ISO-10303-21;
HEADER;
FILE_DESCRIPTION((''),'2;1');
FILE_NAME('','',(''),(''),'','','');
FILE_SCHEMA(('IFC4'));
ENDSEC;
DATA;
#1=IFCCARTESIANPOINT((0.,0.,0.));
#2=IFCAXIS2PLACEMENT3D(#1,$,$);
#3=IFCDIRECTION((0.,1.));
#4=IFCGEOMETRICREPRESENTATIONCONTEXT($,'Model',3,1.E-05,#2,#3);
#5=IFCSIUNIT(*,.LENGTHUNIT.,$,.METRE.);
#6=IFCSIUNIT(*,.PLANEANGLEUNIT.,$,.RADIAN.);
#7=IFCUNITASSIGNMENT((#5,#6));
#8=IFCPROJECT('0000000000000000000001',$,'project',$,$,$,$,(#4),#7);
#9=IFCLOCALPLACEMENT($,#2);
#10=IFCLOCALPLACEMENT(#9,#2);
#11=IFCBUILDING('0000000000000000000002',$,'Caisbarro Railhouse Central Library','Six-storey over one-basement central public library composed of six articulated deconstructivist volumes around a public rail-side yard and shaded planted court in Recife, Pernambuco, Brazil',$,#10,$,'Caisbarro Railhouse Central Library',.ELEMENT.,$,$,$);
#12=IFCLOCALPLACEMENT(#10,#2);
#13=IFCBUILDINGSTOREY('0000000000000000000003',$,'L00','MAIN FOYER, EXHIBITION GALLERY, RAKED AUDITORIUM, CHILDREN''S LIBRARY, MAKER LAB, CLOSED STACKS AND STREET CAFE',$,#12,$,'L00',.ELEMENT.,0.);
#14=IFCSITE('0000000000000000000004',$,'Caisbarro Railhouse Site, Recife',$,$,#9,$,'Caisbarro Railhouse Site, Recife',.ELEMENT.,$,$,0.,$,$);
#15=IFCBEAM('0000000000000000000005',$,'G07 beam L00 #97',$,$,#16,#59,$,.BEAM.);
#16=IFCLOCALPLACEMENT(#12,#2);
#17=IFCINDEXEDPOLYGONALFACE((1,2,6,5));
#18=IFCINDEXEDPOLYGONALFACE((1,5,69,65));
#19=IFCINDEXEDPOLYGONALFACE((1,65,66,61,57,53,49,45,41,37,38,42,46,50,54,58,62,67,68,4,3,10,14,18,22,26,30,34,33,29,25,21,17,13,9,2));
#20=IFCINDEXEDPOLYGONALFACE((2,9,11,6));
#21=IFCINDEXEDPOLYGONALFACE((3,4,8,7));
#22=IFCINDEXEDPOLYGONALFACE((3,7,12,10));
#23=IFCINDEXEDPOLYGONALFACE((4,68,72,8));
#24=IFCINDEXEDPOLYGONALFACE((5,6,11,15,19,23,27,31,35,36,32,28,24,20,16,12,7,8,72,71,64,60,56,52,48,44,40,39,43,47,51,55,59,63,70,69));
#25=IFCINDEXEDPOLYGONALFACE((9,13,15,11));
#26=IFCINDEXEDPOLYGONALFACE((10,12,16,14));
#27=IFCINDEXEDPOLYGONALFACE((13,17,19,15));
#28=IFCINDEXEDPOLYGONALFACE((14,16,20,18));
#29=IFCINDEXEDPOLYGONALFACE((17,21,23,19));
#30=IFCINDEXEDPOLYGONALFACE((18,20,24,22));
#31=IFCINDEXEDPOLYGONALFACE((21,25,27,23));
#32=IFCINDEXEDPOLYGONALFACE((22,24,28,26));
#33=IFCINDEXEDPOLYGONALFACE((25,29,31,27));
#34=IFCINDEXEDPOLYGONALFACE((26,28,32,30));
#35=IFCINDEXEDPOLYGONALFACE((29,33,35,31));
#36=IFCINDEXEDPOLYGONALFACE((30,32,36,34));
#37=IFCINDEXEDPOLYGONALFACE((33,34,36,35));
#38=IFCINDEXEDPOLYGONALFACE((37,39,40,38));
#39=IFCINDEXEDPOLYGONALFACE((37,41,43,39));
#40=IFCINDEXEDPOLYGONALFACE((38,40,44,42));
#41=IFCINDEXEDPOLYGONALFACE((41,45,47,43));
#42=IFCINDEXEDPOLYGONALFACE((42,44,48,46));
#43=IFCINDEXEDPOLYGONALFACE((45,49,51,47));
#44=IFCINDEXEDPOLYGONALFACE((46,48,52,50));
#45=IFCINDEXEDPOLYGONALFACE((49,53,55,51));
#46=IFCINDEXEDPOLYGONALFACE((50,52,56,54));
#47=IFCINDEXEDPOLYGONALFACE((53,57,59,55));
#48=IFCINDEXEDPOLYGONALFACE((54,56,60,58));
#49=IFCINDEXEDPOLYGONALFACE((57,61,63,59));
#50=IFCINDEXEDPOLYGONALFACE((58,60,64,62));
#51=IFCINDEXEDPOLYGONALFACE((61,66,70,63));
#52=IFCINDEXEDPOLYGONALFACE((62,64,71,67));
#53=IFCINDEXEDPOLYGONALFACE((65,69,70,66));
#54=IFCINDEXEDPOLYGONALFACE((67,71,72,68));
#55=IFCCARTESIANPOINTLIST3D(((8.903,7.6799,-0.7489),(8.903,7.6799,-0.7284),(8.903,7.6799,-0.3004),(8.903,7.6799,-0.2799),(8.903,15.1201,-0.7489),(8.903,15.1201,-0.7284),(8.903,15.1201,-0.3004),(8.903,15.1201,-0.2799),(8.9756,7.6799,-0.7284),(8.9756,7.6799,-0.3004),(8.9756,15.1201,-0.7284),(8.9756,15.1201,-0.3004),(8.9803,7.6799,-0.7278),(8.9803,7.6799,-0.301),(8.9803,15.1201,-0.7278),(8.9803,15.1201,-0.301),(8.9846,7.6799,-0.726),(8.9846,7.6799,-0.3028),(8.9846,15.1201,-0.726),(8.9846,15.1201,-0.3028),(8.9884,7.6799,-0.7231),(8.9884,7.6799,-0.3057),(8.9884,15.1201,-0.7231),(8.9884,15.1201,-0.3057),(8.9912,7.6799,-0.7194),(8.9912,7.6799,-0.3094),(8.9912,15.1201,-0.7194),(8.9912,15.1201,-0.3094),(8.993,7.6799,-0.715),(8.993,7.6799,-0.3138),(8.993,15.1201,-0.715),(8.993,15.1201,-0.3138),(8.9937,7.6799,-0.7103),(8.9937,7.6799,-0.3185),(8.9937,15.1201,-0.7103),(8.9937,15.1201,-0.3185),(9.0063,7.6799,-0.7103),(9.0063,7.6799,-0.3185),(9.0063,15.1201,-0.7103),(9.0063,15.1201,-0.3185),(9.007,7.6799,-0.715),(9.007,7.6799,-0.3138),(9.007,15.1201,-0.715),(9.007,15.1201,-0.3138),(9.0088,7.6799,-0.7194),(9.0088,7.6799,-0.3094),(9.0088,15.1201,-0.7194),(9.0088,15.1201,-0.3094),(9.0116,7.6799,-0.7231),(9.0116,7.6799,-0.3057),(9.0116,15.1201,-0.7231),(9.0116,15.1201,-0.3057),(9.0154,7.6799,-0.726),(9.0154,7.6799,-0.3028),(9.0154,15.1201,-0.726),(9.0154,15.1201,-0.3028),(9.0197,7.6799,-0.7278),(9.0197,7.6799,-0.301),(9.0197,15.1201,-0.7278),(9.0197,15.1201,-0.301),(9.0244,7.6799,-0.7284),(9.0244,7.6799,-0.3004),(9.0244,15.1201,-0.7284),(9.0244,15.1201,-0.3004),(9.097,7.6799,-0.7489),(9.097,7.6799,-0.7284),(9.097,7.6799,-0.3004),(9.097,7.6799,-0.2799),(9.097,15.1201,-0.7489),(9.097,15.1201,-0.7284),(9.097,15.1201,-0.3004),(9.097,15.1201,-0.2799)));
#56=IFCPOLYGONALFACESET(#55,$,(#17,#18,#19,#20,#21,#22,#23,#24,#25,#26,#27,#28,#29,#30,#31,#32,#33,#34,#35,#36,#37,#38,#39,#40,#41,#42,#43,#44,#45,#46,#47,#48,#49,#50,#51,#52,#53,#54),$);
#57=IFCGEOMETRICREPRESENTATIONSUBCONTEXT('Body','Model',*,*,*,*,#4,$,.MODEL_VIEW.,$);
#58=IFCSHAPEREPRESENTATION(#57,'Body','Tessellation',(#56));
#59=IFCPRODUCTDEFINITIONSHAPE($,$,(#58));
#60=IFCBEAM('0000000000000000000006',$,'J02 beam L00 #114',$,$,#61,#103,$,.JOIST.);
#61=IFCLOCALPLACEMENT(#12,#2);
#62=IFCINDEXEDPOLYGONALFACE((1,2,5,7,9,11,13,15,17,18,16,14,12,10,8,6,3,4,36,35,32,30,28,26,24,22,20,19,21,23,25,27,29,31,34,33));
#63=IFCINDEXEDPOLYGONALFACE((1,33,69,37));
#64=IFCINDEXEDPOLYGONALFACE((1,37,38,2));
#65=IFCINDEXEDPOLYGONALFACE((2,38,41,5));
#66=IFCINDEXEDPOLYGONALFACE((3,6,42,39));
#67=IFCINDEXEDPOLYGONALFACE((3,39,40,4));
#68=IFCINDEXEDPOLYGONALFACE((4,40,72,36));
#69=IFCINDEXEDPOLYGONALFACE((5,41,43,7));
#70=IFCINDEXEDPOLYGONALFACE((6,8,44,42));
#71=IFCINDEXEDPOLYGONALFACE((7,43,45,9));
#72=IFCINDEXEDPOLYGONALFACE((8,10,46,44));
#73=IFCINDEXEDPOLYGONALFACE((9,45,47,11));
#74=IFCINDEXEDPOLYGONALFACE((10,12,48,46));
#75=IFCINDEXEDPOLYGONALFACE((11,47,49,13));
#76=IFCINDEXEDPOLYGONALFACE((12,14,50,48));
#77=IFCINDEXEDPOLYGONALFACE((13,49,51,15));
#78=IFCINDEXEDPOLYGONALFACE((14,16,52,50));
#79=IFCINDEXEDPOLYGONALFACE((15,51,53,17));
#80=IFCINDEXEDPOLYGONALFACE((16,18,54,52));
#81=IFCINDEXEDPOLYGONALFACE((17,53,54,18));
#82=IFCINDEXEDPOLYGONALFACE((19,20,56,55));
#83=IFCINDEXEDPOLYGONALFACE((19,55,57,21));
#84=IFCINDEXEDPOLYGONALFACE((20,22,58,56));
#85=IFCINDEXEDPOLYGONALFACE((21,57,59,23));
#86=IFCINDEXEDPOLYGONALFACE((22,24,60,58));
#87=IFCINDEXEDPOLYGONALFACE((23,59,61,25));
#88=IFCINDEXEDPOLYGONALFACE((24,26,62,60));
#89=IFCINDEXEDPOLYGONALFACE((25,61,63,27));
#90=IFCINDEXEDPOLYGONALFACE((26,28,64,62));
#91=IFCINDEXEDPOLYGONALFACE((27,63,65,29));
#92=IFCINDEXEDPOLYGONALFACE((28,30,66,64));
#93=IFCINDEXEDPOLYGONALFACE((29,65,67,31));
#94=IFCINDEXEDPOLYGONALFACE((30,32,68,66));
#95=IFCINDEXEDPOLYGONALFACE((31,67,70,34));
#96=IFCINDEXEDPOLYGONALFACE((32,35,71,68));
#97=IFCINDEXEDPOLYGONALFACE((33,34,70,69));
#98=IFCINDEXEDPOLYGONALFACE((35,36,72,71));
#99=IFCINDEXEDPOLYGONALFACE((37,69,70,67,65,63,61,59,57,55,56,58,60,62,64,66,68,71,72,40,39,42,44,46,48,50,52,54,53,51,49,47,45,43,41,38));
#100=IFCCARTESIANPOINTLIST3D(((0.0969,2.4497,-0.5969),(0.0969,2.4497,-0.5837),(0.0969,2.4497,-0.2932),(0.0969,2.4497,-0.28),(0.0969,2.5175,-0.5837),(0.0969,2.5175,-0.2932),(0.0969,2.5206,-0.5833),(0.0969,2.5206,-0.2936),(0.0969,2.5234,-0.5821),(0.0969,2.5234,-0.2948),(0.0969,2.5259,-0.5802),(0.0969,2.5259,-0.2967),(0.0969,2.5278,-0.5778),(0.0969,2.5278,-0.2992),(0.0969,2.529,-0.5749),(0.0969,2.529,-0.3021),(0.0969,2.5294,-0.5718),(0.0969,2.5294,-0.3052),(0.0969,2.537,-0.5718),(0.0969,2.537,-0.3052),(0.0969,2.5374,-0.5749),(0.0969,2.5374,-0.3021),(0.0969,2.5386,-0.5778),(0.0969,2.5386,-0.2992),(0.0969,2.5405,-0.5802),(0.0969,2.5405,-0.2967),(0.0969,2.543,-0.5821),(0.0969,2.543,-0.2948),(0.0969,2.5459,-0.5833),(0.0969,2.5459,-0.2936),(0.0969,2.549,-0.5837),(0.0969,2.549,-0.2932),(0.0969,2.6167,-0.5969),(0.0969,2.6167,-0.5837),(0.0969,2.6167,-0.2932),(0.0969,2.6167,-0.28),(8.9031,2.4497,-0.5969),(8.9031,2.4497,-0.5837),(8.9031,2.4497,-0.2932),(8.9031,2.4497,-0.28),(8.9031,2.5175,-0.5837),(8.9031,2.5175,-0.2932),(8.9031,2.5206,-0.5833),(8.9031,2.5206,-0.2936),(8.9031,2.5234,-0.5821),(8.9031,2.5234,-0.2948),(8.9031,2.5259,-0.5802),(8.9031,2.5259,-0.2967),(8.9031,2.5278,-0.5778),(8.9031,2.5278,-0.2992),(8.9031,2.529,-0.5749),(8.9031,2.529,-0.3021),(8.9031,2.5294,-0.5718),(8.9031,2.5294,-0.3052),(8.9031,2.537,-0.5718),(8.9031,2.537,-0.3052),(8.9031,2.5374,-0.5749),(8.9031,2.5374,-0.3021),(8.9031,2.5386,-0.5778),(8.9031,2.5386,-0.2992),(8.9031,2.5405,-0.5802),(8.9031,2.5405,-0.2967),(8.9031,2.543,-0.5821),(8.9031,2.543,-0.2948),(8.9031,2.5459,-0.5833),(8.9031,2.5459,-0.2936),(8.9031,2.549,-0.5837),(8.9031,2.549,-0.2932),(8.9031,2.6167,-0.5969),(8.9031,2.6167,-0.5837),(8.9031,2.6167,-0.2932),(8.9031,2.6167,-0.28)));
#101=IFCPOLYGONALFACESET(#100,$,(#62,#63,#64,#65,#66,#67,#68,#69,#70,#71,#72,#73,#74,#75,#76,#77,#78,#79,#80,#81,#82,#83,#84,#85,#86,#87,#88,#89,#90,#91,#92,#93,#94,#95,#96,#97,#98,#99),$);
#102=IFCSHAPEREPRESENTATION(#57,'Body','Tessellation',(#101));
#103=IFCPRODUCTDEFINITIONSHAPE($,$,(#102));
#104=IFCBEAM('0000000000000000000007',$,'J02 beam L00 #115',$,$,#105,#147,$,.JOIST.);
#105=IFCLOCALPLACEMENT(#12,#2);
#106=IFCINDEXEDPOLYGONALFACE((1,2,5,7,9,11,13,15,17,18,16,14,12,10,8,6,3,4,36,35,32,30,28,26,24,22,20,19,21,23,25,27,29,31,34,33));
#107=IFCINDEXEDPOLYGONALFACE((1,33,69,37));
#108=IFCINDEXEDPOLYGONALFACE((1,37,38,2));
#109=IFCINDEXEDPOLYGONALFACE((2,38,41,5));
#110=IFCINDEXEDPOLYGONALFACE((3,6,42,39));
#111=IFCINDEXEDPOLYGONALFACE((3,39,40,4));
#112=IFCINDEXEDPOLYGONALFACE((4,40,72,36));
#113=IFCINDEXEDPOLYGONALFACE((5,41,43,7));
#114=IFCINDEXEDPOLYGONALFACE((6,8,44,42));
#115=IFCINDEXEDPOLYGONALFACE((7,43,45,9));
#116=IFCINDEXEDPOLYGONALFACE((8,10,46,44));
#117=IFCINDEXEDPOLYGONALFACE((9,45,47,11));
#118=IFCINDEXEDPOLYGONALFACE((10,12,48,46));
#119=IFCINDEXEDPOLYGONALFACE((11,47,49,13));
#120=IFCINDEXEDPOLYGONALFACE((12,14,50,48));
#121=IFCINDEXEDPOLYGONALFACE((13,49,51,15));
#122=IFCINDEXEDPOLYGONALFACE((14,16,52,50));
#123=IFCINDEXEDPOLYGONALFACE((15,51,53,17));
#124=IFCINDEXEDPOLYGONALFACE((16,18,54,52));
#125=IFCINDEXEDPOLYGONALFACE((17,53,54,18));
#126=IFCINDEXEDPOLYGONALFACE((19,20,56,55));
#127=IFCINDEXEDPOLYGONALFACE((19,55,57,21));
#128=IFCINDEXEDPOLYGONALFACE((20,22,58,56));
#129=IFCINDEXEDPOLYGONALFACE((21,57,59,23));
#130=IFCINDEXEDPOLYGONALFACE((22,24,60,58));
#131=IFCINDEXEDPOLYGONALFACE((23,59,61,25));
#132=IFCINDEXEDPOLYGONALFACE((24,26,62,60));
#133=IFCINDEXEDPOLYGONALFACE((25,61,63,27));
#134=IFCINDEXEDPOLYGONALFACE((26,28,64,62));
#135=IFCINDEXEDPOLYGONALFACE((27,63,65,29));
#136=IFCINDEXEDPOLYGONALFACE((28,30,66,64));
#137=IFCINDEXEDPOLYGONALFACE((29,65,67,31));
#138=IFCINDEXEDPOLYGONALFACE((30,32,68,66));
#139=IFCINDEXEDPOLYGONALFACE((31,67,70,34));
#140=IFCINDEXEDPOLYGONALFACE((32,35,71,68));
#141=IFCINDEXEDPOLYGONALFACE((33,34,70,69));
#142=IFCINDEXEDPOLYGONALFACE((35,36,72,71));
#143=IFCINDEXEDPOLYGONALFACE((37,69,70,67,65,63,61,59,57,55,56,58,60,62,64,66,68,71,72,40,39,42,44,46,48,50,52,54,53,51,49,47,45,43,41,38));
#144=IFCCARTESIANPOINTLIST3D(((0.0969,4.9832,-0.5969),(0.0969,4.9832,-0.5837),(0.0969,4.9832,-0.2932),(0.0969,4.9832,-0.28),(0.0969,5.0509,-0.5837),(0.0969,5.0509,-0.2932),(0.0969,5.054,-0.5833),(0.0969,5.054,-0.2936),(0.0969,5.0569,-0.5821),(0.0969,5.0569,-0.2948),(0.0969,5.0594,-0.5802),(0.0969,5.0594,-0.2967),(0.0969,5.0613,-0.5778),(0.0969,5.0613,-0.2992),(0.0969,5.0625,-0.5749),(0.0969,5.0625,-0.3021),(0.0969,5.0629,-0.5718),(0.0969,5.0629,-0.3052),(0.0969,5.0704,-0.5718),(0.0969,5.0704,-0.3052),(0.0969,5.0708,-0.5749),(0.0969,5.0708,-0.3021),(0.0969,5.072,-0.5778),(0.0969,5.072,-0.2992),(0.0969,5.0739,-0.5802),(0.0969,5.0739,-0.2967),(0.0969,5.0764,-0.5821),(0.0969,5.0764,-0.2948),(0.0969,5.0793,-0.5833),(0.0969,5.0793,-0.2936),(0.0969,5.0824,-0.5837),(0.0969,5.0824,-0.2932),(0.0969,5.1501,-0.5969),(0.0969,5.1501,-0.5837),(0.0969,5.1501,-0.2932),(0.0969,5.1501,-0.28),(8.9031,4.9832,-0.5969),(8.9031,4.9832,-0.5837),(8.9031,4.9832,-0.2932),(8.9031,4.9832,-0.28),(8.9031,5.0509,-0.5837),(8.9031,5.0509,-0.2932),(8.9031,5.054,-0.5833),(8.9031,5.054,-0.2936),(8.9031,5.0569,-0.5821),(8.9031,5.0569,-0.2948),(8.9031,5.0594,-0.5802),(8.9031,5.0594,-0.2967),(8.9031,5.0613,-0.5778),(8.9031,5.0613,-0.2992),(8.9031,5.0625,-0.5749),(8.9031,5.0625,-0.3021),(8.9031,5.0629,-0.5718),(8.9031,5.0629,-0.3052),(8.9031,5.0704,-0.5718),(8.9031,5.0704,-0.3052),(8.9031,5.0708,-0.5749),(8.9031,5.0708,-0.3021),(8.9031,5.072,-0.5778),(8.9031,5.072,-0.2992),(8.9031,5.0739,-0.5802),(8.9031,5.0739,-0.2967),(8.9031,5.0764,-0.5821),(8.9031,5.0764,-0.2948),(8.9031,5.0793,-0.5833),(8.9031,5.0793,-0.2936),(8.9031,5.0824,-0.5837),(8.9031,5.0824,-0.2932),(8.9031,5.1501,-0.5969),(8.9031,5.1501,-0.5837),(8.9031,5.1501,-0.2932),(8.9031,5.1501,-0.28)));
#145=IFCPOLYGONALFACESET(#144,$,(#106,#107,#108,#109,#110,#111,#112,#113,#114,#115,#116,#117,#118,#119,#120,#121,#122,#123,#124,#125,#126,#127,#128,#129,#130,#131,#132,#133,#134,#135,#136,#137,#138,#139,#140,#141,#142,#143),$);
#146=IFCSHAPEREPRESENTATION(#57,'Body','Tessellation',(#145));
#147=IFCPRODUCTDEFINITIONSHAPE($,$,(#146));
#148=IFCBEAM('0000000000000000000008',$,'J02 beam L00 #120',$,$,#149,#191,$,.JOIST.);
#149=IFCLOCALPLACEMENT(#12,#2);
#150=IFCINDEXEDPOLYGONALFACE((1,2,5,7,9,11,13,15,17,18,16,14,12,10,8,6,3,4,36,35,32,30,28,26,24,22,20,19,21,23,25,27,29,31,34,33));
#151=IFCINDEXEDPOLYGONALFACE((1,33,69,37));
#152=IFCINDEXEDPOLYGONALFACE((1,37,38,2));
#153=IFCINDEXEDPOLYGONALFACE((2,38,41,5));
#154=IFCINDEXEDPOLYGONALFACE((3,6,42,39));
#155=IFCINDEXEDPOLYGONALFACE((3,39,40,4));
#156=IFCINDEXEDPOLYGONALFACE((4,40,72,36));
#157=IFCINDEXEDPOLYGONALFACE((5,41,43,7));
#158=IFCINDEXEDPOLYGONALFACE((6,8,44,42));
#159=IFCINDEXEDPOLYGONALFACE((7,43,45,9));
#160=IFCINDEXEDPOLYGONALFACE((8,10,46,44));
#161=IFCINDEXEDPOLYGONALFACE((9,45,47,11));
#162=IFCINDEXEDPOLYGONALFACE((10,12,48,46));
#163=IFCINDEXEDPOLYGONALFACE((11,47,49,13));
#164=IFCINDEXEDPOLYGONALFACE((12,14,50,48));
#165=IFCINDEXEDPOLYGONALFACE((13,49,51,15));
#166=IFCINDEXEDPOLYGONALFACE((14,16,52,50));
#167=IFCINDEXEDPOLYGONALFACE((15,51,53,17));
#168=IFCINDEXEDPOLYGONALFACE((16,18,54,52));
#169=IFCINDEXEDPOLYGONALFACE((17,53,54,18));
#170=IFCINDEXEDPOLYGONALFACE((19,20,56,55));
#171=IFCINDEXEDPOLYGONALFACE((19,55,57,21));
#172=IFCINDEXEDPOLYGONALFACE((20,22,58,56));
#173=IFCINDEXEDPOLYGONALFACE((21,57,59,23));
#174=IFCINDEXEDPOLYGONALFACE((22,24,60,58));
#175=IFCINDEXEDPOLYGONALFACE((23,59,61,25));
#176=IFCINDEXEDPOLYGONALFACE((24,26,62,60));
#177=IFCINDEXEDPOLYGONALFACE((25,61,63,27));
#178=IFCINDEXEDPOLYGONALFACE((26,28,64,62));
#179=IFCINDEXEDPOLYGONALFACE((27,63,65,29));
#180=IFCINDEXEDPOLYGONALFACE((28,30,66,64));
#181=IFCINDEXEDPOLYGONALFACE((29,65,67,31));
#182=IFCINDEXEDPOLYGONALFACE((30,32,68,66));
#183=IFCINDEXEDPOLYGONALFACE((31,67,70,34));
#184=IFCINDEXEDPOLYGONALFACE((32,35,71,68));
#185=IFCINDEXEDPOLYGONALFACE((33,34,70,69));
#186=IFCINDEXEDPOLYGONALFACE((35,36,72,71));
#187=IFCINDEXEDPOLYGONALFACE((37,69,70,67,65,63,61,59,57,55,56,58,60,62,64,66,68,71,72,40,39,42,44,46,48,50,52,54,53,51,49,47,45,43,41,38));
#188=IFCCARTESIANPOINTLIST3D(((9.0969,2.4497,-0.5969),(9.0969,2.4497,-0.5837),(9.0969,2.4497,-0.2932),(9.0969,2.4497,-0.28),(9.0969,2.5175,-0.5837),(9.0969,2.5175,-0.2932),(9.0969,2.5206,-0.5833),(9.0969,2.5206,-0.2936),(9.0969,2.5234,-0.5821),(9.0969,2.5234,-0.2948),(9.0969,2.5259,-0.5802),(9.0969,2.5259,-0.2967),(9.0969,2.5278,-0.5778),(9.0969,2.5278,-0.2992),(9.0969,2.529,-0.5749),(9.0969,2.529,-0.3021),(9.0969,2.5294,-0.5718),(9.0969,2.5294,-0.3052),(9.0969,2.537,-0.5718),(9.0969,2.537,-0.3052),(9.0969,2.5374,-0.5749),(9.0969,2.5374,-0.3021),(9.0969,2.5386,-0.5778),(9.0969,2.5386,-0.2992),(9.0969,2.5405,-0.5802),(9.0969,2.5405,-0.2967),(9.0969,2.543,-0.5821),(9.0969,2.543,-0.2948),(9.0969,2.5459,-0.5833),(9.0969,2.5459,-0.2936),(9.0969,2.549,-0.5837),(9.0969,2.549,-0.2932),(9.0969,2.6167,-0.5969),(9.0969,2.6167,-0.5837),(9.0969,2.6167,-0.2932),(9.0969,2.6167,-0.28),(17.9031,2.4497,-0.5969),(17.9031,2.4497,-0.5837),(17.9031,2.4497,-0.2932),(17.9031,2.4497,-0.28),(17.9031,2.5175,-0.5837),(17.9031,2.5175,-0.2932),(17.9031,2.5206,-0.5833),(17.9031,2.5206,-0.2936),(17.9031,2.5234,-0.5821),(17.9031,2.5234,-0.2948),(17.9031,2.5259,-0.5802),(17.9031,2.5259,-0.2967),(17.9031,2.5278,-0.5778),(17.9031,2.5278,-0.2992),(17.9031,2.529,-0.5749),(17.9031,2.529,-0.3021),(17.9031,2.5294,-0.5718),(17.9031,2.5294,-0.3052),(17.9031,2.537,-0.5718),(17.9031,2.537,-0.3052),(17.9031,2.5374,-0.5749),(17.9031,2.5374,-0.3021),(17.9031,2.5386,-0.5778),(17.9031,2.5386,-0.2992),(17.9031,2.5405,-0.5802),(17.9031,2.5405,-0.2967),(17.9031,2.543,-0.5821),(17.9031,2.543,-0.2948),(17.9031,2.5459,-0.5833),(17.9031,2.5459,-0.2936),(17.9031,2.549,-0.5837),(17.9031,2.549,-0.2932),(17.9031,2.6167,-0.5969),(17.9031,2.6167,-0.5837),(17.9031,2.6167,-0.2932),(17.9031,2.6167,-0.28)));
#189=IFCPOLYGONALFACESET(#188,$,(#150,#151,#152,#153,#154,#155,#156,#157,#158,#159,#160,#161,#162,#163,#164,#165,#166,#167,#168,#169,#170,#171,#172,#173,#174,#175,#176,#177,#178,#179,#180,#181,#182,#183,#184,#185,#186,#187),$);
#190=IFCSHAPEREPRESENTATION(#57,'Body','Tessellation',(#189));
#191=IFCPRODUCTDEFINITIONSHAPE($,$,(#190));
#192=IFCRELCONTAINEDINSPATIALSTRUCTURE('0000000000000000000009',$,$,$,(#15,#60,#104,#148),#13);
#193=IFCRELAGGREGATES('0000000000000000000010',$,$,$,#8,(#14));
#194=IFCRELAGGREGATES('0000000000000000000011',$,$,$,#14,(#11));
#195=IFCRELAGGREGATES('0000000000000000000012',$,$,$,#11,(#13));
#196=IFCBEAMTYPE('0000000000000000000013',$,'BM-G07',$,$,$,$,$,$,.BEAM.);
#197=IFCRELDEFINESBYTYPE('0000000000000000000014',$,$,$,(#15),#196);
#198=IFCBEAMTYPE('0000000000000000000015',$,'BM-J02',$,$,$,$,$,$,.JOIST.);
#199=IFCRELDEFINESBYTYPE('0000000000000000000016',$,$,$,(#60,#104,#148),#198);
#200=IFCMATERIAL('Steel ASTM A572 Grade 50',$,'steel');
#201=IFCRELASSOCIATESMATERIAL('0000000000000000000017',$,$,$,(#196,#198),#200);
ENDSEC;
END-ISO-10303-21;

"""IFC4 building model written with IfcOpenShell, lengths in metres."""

from ifc_helpers import new_model, si_unit, direction, frame, origin, origin_2d, place, context, subcontext, project, spatial, i_section, extrude, material, material_profile, profile_set, type_object, element, save


model = new_model("IFC4")

# Units and contexts
model_context = context("Model", 3, precision=1e-05, world=origin(), true_north=direction((0.0, 1.0)))
body_context = subcontext(model_context, "Body", "Model", "MODEL_VIEW")
ifc_project = project(units=[si_unit("LENGTHUNIT", "METRE"), si_unit("PLANEANGLEUNIT", "RADIAN")], contexts=[model_context])

# Site, building, storey
site_placement = place(None, origin())
site = spatial("IfcSite", under=ifc_project, at=site_placement, Name="Caisbarro Railhouse Site, Recife", LongName="Caisbarro Railhouse Site, Recife", CompositionType="ELEMENT", RefElevation=0.0)
building_placement = place(site_placement, origin())
building = spatial("IfcBuilding", under=site, at=building_placement, Name="Caisbarro Railhouse Central Library", Description="Six-storey over one-basement central public library composed of six articulated deconstructivist volumes around a public rail-side yard and shaded planted court in Recife, Pernambuco, Brazil", LongName="Caisbarro Railhouse Central Library", CompositionType="ELEMENT")
storey_placement = place(building_placement, origin())
storey = spatial("IfcBuildingStorey", under=building, at=storey_placement, Name="L00", Description="MAIN FOYER, EXHIBITION GALLERY, RAKED AUDITORIUM, CHILDREN'S LIBRARY, MAKER LAB, CLOSED STACKS AND STREET CAFE", LongName="L00", CompositionType="ELEMENT", Elevation=0.0)

# Shared definitions
ifc_material_1 = material(Name="Steel ASTM A572 Grade 50", Category="steel")

# Beams
ifc_material_profile_1 = material_profile(ifc_material_1, i_section(OverallWidth=0.1941, OverallDepth=0.469, WebThickness=0.0127, FlangeThickness=0.0205, FilletRadius=0.0181, at=origin_2d()), Name="W460X106.0")
ifc_profile_set_1 = profile_set([ifc_material_profile_1], Name="Steel ASTM A572 Grade 50")
beam_type_1 = type_object("IfcBeamType", Name="BM-G07", PredefinedType="BEAM", material=ifc_profile_set_1)
beam_1_placement = place(storey_placement, frame((9.0, 7.6799, -0.5144), z_axis=(0.0, 1.0, 0.0), x_axis=(-1.0, 0.0, 0.0)))
element("IfcBeam", 1, at=beam_1_placement, inside=storey, type_object=beam_type_1, Name="G07 beam L00 #97", PredefinedType="BEAM", context=body_context, shape_type="SweptSolid", body=[
    extrude(i_section(OverallWidth=0.1941, OverallDepth=0.469, WebThickness=0.0127, FlangeThickness=0.0205, FilletRadius=0.0181, at=origin_2d()), origin(), (0.0, 0.0, 1.0), 7.4402),
])
ifc_material_profile_2 = material_profile(ifc_material_1, i_section(OverallWidth=0.167, OverallDepth=0.3169, WebThickness=0.0076, FlangeThickness=0.0132, FilletRadius=0.012, at=origin_2d()), Name="W310X52.0")
ifc_profile_set_2 = profile_set([ifc_material_profile_2], Name="Steel ASTM A572 Grade 50")
beam_type_2 = type_object("IfcBeamType", Name="BM-J02", PredefinedType="JOIST", material=ifc_profile_set_2)
for number, where, z_axis, x_axis, name in (
    (2, (0.0969, 2.5332, -0.4385), (1.0, 0.0, 0.0), (0.0, 1.0, 0.0), "J02 beam L00 #114"),
    (3, (0.0969, 5.0667, -0.4385), (1.0, 0.0, 0.0), (0.0, 1.0, 0.0), "J02 beam L00 #115"),
    (4, (9.0969, 2.5332, -0.4385), (1.0, 0.0, 0.0), (0.0, 1.0, 0.0), "J02 beam L00 #120"),
):
    element("IfcBeam", number, at=place(storey_placement, frame(where, z_axis=z_axis, x_axis=x_axis)), inside=storey, type_object=beam_type_2, Name=name, PredefinedType="JOIST", context=body_context, shape_type="SweptSolid", body=[
        extrude(i_section(OverallWidth=0.167, OverallDepth=0.3169, WebThickness=0.0076, FlangeThickness=0.0132, FilletRadius=0.012, at=origin_2d()), origin(), (0.0, 0.0, 1.0), 8.8062),
    ])

save(model, "model.ifc")
